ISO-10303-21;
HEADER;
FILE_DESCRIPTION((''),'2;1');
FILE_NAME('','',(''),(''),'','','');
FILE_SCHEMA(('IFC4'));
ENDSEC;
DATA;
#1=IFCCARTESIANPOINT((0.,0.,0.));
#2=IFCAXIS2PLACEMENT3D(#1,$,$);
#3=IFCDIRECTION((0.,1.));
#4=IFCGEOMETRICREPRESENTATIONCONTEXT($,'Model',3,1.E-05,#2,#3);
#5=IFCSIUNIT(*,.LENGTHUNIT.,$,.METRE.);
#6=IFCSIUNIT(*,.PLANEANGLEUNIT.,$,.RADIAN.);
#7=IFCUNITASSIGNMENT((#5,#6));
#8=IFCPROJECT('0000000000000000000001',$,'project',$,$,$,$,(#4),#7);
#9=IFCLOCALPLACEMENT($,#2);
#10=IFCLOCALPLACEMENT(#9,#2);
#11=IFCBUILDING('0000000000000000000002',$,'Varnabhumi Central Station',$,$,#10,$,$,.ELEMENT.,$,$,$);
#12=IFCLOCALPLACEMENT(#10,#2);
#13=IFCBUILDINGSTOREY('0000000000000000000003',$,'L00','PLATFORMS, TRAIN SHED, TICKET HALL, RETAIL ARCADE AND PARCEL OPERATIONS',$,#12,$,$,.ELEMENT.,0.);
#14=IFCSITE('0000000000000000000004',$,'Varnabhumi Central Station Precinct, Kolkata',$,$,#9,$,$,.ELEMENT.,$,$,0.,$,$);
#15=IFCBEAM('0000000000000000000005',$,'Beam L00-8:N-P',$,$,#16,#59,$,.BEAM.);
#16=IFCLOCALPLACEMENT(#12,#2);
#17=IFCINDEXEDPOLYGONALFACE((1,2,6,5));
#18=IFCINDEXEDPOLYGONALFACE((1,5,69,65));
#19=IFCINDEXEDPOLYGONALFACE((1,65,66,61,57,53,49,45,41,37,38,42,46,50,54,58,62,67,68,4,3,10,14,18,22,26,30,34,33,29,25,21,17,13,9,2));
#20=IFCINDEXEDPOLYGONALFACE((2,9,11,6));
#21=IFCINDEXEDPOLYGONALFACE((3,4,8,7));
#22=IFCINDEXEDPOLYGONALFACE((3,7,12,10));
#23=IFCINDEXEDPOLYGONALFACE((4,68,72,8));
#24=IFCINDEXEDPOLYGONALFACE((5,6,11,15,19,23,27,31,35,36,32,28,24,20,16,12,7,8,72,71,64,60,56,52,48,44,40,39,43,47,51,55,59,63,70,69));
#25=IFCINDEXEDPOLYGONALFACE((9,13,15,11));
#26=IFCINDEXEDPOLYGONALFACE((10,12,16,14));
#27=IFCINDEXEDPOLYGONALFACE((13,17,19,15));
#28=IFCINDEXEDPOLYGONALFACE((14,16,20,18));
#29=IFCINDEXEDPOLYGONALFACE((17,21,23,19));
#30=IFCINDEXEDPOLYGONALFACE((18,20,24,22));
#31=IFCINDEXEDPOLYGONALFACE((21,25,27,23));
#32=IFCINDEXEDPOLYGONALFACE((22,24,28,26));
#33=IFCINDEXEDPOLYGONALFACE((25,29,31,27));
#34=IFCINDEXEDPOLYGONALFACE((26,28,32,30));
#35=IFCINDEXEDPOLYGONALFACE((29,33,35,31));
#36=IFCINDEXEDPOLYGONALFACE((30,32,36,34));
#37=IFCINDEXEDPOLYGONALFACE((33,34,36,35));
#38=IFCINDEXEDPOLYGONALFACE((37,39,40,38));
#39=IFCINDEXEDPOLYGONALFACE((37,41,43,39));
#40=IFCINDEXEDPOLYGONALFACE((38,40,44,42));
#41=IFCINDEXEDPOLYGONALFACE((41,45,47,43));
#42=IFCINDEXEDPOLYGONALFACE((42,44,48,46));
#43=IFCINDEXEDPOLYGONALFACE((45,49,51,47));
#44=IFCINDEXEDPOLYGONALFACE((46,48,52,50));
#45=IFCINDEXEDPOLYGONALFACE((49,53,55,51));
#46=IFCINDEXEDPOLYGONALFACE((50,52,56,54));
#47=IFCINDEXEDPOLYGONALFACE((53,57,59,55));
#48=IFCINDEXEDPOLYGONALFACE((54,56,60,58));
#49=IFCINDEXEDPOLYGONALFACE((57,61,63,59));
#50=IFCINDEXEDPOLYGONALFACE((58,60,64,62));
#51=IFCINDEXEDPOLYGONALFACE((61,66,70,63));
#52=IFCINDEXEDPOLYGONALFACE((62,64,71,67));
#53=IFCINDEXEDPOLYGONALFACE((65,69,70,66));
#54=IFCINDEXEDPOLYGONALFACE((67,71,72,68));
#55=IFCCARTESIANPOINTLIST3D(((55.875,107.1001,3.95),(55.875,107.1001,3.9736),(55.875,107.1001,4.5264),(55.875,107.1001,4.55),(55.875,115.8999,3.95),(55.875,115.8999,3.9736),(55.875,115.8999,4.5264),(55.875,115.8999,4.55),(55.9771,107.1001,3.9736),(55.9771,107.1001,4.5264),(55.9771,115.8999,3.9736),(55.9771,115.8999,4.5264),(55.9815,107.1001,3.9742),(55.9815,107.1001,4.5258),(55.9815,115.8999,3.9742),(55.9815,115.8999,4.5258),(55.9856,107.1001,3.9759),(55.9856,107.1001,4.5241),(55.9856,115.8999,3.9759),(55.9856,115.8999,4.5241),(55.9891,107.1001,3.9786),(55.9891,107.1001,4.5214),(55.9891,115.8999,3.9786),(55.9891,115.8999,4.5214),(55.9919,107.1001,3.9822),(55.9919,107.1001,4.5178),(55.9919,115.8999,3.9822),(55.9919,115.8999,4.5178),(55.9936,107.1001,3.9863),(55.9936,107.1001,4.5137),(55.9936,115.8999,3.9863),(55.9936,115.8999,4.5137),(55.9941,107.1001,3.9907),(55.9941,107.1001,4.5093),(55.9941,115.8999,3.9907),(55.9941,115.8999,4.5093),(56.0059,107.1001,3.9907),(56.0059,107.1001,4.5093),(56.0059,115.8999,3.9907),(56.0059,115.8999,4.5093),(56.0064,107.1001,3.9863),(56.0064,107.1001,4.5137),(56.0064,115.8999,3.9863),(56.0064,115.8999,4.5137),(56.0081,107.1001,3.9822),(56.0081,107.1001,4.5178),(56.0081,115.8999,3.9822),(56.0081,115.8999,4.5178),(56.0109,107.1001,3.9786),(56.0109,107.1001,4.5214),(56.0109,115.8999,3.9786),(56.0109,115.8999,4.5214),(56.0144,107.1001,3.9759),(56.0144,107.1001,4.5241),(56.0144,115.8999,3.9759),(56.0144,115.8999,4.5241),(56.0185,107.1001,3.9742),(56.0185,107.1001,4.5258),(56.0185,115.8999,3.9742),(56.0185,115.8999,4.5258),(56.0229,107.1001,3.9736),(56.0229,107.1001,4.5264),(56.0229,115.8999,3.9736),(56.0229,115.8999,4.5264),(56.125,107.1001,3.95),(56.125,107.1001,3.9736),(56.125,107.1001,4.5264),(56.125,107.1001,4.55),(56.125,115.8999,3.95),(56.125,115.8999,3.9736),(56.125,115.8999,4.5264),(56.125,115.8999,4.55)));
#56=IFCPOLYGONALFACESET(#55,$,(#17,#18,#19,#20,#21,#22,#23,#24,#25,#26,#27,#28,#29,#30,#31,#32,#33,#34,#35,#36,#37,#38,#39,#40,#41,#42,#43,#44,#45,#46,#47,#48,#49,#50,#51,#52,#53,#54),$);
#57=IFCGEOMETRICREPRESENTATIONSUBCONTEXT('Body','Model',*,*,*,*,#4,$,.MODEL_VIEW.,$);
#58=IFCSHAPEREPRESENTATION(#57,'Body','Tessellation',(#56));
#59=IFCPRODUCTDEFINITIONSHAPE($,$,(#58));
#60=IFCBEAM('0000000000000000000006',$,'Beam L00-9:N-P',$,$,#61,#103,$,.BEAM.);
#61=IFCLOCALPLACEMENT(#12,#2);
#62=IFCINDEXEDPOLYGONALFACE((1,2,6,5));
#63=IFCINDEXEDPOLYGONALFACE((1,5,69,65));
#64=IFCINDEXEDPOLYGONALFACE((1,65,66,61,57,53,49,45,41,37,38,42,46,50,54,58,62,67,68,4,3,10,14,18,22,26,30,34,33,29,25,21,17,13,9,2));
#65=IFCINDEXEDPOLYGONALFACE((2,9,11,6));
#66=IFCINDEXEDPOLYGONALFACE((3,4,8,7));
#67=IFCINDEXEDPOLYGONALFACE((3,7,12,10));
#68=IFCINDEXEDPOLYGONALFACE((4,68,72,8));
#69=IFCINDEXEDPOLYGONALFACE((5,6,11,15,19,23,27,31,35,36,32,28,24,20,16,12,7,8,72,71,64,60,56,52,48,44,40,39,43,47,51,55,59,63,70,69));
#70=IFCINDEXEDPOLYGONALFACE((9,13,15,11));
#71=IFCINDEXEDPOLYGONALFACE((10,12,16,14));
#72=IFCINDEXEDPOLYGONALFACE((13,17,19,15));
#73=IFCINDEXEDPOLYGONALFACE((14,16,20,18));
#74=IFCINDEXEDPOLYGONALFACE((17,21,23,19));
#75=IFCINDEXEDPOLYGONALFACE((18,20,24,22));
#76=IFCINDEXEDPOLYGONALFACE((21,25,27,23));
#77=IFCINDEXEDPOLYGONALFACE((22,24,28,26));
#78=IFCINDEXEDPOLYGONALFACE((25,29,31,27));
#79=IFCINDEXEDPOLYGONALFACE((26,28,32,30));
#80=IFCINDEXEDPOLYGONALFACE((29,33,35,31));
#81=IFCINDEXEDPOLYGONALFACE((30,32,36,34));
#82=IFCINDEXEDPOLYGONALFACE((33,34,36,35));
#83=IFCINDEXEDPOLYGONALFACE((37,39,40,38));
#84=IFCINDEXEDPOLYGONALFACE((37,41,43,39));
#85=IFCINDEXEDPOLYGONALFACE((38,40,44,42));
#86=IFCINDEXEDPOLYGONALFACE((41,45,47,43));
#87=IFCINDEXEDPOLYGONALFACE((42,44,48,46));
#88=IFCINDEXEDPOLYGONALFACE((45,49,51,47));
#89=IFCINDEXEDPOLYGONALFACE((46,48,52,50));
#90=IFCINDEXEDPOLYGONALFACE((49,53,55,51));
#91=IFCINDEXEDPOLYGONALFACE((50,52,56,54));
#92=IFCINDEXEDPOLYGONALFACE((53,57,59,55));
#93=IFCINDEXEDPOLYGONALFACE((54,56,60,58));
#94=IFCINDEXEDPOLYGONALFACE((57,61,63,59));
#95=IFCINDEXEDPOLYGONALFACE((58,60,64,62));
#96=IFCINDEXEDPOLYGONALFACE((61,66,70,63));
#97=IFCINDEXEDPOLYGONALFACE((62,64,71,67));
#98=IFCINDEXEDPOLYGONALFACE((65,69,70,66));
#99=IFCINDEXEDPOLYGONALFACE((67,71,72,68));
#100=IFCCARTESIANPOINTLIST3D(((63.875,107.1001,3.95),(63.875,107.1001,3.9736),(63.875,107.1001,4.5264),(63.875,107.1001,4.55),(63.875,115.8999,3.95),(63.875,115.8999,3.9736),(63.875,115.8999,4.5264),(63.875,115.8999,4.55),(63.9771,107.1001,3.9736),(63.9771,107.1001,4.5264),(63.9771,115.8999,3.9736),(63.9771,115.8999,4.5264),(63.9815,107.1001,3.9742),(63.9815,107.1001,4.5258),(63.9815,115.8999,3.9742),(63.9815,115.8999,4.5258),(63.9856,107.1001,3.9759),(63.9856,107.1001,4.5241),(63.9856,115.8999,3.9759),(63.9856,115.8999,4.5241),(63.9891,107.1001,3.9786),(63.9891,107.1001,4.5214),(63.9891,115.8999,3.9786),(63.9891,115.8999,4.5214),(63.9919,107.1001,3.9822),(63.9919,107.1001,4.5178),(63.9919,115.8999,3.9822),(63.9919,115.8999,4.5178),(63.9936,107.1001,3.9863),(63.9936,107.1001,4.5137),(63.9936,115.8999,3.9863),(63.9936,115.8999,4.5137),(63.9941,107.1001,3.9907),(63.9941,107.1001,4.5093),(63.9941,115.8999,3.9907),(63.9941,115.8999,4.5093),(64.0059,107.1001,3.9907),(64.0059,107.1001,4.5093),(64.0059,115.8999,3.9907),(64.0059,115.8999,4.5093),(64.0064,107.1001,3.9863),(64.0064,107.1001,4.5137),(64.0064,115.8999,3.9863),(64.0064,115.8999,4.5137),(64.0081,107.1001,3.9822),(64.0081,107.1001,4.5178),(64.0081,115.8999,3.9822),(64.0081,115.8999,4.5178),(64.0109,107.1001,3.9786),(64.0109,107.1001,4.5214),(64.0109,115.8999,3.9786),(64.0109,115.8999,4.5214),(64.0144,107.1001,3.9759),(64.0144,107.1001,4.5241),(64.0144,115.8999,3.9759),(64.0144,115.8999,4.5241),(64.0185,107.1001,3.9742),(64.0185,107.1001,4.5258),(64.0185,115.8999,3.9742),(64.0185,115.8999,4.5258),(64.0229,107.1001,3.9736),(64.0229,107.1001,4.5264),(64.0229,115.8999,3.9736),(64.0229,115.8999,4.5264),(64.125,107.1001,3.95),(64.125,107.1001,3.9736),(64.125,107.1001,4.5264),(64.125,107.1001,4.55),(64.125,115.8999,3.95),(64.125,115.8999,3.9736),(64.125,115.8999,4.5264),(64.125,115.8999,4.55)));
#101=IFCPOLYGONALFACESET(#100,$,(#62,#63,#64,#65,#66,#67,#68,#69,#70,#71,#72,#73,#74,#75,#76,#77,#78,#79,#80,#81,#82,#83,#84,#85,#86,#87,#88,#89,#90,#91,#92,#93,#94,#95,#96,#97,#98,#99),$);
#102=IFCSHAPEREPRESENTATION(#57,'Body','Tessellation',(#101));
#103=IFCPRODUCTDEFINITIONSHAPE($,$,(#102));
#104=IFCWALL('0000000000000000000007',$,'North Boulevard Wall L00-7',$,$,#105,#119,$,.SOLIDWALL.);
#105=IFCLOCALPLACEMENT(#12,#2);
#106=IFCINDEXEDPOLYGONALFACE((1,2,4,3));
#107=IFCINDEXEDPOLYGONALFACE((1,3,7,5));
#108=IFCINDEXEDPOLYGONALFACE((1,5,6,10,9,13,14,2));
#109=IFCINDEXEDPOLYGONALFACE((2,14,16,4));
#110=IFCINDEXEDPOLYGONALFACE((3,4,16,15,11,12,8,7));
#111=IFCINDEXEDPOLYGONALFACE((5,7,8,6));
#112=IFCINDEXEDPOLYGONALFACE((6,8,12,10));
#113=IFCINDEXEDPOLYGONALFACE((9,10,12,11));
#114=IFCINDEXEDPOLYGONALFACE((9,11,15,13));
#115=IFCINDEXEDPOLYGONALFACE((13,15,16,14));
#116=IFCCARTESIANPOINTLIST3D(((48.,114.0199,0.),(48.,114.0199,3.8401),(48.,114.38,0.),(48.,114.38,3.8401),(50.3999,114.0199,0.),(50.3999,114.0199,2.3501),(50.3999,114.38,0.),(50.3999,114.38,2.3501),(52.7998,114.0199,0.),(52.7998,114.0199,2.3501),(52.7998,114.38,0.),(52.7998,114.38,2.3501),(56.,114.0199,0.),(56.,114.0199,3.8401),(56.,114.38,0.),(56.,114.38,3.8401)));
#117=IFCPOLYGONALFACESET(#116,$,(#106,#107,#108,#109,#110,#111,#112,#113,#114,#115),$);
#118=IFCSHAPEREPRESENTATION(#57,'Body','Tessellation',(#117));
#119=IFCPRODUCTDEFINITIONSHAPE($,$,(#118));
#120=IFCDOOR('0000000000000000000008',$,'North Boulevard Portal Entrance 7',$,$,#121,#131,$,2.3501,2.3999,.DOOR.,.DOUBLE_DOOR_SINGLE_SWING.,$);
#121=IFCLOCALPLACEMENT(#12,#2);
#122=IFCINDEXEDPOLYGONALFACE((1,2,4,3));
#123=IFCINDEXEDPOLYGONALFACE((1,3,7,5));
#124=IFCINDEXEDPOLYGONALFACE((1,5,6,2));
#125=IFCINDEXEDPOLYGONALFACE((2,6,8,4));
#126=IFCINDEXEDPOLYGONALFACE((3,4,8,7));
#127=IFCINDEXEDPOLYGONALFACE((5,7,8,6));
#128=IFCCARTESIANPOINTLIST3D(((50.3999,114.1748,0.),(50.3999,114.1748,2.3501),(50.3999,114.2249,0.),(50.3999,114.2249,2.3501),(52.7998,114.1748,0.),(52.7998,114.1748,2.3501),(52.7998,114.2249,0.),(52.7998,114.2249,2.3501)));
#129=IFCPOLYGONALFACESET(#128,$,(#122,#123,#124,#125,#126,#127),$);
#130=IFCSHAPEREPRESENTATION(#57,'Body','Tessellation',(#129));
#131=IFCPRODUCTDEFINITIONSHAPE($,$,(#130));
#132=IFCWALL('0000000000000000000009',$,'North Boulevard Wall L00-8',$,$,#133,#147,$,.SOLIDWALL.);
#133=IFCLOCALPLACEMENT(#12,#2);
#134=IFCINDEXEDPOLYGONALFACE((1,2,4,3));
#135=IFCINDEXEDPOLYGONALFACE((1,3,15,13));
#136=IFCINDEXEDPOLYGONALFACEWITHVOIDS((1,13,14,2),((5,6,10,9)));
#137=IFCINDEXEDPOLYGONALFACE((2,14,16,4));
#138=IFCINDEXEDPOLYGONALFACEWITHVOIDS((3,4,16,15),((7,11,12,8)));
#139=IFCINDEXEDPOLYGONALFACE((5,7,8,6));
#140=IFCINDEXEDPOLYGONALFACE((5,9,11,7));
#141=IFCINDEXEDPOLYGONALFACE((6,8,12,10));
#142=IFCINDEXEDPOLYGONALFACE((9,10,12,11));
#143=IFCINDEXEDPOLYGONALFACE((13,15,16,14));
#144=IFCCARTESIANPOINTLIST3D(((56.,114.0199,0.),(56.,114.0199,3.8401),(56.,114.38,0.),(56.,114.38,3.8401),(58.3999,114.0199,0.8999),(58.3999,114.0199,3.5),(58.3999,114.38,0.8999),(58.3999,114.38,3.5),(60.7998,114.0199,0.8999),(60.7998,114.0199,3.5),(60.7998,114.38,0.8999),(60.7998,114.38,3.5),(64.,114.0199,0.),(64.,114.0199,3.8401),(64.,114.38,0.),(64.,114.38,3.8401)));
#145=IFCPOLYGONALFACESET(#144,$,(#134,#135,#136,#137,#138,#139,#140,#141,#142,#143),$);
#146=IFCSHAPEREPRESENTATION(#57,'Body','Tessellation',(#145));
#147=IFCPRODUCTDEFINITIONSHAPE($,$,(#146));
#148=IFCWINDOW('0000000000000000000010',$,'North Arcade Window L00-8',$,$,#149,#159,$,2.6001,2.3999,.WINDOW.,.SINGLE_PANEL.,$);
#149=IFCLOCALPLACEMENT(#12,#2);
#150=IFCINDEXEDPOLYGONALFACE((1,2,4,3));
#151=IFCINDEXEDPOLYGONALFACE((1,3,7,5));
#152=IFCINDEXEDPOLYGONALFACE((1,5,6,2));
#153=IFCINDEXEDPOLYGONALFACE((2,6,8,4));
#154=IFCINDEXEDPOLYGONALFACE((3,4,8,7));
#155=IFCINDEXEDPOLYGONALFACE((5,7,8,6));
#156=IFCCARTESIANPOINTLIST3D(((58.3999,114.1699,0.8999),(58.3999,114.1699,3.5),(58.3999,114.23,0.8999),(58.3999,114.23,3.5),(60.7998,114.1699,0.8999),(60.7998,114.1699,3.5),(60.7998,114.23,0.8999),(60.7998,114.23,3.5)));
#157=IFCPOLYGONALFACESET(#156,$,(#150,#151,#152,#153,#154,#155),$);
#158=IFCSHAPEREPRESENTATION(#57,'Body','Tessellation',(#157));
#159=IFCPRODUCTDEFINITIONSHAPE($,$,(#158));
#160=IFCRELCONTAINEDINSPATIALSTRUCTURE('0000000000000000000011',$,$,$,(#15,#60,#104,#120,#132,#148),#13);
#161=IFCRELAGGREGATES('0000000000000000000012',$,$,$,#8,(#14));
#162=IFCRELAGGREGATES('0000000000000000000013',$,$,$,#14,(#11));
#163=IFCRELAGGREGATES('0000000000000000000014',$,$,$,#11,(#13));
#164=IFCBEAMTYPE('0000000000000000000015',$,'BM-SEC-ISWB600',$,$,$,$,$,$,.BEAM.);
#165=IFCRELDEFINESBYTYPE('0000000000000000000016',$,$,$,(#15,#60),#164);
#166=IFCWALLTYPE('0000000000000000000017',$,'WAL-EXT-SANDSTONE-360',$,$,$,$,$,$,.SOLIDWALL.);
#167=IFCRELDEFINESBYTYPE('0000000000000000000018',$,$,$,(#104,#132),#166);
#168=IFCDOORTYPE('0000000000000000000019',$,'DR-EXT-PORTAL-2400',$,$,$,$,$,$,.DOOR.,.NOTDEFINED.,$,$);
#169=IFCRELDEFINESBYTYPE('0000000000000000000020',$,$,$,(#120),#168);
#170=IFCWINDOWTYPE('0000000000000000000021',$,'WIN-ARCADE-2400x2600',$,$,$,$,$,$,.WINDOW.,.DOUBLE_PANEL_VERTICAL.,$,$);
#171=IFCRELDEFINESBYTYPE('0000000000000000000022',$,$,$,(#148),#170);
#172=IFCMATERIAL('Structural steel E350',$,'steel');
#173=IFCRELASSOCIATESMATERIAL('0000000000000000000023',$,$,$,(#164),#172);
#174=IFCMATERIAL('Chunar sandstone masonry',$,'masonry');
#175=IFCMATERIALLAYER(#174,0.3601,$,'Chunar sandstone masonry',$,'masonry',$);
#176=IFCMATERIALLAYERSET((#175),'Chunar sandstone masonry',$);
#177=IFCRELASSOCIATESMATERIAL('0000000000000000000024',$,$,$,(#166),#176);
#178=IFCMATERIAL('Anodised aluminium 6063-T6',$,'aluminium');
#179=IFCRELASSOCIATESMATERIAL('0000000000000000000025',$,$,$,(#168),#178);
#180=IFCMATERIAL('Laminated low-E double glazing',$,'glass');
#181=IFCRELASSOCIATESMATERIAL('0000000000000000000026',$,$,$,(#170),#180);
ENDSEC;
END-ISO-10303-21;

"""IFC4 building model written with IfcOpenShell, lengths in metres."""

from ifc_helpers import new_model, si_unit, direction, frame, frame_2d, origin, origin_2d, place, context, subcontext, project, spatial, rectangle, i_section, extrude, material, layer, layer_set, material_profile, profile_set, type_object, element, fill, save


model = new_model("IFC4")

# Units and contexts
model_context = context("Model", 3, precision=1e-05, world=origin(), true_north=direction((0.0, 1.0)))
body_context = subcontext(model_context, "Body", "Model", "MODEL_VIEW")
ifc_project = project(units=[si_unit("LENGTHUNIT", "METRE"), si_unit("PLANEANGLEUNIT", "RADIAN")], contexts=[model_context])

# Site, building, storey
site_placement = place(None, origin())
site = spatial("IfcSite", under=ifc_project, at=site_placement, Name="Varnabhumi Central Station Precinct, Kolkata", CompositionType="ELEMENT", RefElevation=0.0)
building_placement = place(site_placement, origin())
building = spatial("IfcBuilding", under=site, at=building_placement, Name="Varnabhumi Central Station", CompositionType="ELEMENT")
storey_placement = place(building_placement, origin())
storey = spatial("IfcBuildingStorey", under=building, at=storey_placement, Name="L00", Description="PLATFORMS, TRAIN SHED, TICKET HALL, RETAIL ARCADE AND PARCEL OPERATIONS", CompositionType="ELEMENT", Elevation=0.0)

# Beams
ifc_material_1 = material(Name="Structural steel E350", Category="steel")
ifc_material_profile_1 = material_profile(ifc_material_1, i_section(OverallWidth=0.25, OverallDepth=0.6001, WebThickness=0.0117, FlangeThickness=0.0237, FilletRadius=0.0171, at=origin_2d()), Name="Structural steel E350", Category="steel")
ifc_profile_set_1 = profile_set([ifc_material_profile_1], Name="Structural steel E350")
beam_type_1 = type_object("IfcBeamType", Name="BM-SEC-ISWB600", PredefinedType="BEAM", material=ifc_profile_set_1)
for number, where, z_axis, x_axis, name in (
    (1, (56.0, 107.1001, 4.25), (0.0, 1.0, 0.0), (-1.0, 0.0, 0.0), "Beam L00-8:N-P"),
    (2, (64.0, 107.1001, 4.25), (0.0, 1.0, 0.0), (-1.0, 0.0, 0.0), "Beam L00-9:N-P"),
):
    element("IfcBeam", number, at=place(storey_placement, frame(where, z_axis=z_axis, x_axis=x_axis)), inside=storey, type_object=beam_type_1, Name=name, PredefinedType="BEAM", context=body_context, shape_type="SweptSolid", body=[
        extrude(i_section(OverallWidth=0.25, OverallDepth=0.6001, WebThickness=0.0117, FlangeThickness=0.0237, FilletRadius=0.0171, at=origin_2d()), origin(), (0.0, 0.0, 1.0), 8.7998),
    ])

# Wall, opening, door
ifc_material_2 = material(Name="Chunar sandstone masonry", Category="masonry")
ifc_layer_1 = layer(ifc_material_2, 0.3601, Name="Chunar sandstone masonry", Category="masonry")
ifc_layer_set_1 = layer_set([ifc_layer_1], Name="Chunar sandstone masonry")
wall_type = type_object("IfcWallType", Name="WAL-EXT-SANDSTONE-360", PredefinedType="SOLIDWALL", material=ifc_layer_set_1)
wall_1_placement = place(storey_placement, frame((48.0, 114.2, 0.0), z_axis=(0.0, 0.0, 1.0), x_axis=(1.0, 0.0, 0.0)))
wall_1 = element("IfcWall", 3, at=wall_1_placement, inside=storey, type_object=wall_type, Name="North Boulevard Wall L00-7", PredefinedType="SOLIDWALL", context=body_context, shape_type="SweptSolid", body=[
    extrude(rectangle(XDim=8.0, YDim=0.3601, at=frame_2d((4.0, 0.0))), origin(), (0.0, 0.0, 1.0), 3.8401),
])
opening_1_placement = place(wall_1_placement, frame((2.3999, 0.0, 0.0)))
opening_1 = element("IfcOpeningElement", 4, at=opening_1_placement, cuts=wall_1, PredefinedType="OPENING", context=body_context, shape_type="SweptSolid", body=[
    extrude(rectangle(XDim=2.3999, YDim=2.3501, at=frame_2d((1.2, 1.175))), frame((0.0, 0.1899, 0.0), z_axis=(0.0, -1.0, 0.0), x_axis=(1.0, 0.0, 0.0)), (0.0, 0.0, 1.0), 0.3801),
])
ifc_material_3 = material(Name="Anodised aluminium 6063-T6", Category="aluminium")
door_type = type_object("IfcDoorType", Name="DR-EXT-PORTAL-2400", OperationType="NOTDEFINED", PredefinedType="DOOR", material=ifc_material_3)
door_1_placement = place(opening_1_placement, origin())
door_1 = element("IfcDoor", 5, at=door_1_placement, inside=storey, type_object=door_type, Name="North Boulevard Portal Entrance 7", OperationType="DOUBLE_DOOR_SINGLE_SWING", OverallHeight=2.3501, OverallWidth=2.3999, PredefinedType="DOOR", context=body_context, shape_type="SweptSolid", body=[
    extrude(rectangle(XDim=2.3999, YDim=2.3501, at=frame_2d((1.2, 1.175))), frame((0.0, 0.0249, 0.0), z_axis=(0.0, -1.0, 0.0), x_axis=(1.0, 0.0, 0.0)), (0.0, 0.0, 1.0), 0.05),
])
fill(opening_1, door_1)

# Wall, opening, window
wall_2_placement = place(storey_placement, frame((56.0, 114.2, 0.0), z_axis=(0.0, 0.0, 1.0), x_axis=(1.0, 0.0, 0.0)))
wall_2 = element("IfcWall", 6, at=wall_2_placement, inside=storey, type_object=wall_type, Name="North Boulevard Wall L00-8", PredefinedType="SOLIDWALL", context=body_context, shape_type="SweptSolid", body=[
    extrude(rectangle(XDim=8.0, YDim=0.3601, at=frame_2d((4.0, 0.0))), origin(), (0.0, 0.0, 1.0), 3.8401),
])
opening_2_placement = place(wall_2_placement, frame((2.3999, 0.0, 0.8999)))
opening_2 = element("IfcOpeningElement", 7, at=opening_2_placement, cuts=wall_2, PredefinedType="OPENING", context=body_context, shape_type="SweptSolid", body=[
    extrude(rectangle(XDim=2.3999, YDim=2.6001, at=frame_2d((1.2, 1.3))), frame((0.0, 0.1899, 0.0), z_axis=(0.0, -1.0, 0.0), x_axis=(1.0, 0.0, 0.0)), (0.0, 0.0, 1.0), 0.3801),
])
ifc_material_4 = material(Name="Laminated low-E double glazing", Category="glass")
window_type = type_object("IfcWindowType", Name="WIN-ARCADE-2400x2600", PartitioningType="DOUBLE_PANEL_VERTICAL", PredefinedType="WINDOW", material=ifc_material_4)
window_placement = place(opening_2_placement, origin())
window = element("IfcWindow", 8, at=window_placement, inside=storey, type_object=window_type, Name="North Arcade Window L00-8", OverallHeight=2.6001, OverallWidth=2.3999, PartitioningType="SINGLE_PANEL", PredefinedType="WINDOW", context=body_context, shape_type="SweptSolid", body=[
    extrude(rectangle(XDim=2.3999, YDim=2.6001, at=frame_2d((1.2, 1.3))), frame((0.0, 0.03, 0.0), z_axis=(0.0, -1.0, 0.0), x_axis=(1.0, 0.0, 0.0)), (0.0, 0.0, 1.0), 0.0601),
])
fill(opening_2, window)

save(model, "model.ifc")
